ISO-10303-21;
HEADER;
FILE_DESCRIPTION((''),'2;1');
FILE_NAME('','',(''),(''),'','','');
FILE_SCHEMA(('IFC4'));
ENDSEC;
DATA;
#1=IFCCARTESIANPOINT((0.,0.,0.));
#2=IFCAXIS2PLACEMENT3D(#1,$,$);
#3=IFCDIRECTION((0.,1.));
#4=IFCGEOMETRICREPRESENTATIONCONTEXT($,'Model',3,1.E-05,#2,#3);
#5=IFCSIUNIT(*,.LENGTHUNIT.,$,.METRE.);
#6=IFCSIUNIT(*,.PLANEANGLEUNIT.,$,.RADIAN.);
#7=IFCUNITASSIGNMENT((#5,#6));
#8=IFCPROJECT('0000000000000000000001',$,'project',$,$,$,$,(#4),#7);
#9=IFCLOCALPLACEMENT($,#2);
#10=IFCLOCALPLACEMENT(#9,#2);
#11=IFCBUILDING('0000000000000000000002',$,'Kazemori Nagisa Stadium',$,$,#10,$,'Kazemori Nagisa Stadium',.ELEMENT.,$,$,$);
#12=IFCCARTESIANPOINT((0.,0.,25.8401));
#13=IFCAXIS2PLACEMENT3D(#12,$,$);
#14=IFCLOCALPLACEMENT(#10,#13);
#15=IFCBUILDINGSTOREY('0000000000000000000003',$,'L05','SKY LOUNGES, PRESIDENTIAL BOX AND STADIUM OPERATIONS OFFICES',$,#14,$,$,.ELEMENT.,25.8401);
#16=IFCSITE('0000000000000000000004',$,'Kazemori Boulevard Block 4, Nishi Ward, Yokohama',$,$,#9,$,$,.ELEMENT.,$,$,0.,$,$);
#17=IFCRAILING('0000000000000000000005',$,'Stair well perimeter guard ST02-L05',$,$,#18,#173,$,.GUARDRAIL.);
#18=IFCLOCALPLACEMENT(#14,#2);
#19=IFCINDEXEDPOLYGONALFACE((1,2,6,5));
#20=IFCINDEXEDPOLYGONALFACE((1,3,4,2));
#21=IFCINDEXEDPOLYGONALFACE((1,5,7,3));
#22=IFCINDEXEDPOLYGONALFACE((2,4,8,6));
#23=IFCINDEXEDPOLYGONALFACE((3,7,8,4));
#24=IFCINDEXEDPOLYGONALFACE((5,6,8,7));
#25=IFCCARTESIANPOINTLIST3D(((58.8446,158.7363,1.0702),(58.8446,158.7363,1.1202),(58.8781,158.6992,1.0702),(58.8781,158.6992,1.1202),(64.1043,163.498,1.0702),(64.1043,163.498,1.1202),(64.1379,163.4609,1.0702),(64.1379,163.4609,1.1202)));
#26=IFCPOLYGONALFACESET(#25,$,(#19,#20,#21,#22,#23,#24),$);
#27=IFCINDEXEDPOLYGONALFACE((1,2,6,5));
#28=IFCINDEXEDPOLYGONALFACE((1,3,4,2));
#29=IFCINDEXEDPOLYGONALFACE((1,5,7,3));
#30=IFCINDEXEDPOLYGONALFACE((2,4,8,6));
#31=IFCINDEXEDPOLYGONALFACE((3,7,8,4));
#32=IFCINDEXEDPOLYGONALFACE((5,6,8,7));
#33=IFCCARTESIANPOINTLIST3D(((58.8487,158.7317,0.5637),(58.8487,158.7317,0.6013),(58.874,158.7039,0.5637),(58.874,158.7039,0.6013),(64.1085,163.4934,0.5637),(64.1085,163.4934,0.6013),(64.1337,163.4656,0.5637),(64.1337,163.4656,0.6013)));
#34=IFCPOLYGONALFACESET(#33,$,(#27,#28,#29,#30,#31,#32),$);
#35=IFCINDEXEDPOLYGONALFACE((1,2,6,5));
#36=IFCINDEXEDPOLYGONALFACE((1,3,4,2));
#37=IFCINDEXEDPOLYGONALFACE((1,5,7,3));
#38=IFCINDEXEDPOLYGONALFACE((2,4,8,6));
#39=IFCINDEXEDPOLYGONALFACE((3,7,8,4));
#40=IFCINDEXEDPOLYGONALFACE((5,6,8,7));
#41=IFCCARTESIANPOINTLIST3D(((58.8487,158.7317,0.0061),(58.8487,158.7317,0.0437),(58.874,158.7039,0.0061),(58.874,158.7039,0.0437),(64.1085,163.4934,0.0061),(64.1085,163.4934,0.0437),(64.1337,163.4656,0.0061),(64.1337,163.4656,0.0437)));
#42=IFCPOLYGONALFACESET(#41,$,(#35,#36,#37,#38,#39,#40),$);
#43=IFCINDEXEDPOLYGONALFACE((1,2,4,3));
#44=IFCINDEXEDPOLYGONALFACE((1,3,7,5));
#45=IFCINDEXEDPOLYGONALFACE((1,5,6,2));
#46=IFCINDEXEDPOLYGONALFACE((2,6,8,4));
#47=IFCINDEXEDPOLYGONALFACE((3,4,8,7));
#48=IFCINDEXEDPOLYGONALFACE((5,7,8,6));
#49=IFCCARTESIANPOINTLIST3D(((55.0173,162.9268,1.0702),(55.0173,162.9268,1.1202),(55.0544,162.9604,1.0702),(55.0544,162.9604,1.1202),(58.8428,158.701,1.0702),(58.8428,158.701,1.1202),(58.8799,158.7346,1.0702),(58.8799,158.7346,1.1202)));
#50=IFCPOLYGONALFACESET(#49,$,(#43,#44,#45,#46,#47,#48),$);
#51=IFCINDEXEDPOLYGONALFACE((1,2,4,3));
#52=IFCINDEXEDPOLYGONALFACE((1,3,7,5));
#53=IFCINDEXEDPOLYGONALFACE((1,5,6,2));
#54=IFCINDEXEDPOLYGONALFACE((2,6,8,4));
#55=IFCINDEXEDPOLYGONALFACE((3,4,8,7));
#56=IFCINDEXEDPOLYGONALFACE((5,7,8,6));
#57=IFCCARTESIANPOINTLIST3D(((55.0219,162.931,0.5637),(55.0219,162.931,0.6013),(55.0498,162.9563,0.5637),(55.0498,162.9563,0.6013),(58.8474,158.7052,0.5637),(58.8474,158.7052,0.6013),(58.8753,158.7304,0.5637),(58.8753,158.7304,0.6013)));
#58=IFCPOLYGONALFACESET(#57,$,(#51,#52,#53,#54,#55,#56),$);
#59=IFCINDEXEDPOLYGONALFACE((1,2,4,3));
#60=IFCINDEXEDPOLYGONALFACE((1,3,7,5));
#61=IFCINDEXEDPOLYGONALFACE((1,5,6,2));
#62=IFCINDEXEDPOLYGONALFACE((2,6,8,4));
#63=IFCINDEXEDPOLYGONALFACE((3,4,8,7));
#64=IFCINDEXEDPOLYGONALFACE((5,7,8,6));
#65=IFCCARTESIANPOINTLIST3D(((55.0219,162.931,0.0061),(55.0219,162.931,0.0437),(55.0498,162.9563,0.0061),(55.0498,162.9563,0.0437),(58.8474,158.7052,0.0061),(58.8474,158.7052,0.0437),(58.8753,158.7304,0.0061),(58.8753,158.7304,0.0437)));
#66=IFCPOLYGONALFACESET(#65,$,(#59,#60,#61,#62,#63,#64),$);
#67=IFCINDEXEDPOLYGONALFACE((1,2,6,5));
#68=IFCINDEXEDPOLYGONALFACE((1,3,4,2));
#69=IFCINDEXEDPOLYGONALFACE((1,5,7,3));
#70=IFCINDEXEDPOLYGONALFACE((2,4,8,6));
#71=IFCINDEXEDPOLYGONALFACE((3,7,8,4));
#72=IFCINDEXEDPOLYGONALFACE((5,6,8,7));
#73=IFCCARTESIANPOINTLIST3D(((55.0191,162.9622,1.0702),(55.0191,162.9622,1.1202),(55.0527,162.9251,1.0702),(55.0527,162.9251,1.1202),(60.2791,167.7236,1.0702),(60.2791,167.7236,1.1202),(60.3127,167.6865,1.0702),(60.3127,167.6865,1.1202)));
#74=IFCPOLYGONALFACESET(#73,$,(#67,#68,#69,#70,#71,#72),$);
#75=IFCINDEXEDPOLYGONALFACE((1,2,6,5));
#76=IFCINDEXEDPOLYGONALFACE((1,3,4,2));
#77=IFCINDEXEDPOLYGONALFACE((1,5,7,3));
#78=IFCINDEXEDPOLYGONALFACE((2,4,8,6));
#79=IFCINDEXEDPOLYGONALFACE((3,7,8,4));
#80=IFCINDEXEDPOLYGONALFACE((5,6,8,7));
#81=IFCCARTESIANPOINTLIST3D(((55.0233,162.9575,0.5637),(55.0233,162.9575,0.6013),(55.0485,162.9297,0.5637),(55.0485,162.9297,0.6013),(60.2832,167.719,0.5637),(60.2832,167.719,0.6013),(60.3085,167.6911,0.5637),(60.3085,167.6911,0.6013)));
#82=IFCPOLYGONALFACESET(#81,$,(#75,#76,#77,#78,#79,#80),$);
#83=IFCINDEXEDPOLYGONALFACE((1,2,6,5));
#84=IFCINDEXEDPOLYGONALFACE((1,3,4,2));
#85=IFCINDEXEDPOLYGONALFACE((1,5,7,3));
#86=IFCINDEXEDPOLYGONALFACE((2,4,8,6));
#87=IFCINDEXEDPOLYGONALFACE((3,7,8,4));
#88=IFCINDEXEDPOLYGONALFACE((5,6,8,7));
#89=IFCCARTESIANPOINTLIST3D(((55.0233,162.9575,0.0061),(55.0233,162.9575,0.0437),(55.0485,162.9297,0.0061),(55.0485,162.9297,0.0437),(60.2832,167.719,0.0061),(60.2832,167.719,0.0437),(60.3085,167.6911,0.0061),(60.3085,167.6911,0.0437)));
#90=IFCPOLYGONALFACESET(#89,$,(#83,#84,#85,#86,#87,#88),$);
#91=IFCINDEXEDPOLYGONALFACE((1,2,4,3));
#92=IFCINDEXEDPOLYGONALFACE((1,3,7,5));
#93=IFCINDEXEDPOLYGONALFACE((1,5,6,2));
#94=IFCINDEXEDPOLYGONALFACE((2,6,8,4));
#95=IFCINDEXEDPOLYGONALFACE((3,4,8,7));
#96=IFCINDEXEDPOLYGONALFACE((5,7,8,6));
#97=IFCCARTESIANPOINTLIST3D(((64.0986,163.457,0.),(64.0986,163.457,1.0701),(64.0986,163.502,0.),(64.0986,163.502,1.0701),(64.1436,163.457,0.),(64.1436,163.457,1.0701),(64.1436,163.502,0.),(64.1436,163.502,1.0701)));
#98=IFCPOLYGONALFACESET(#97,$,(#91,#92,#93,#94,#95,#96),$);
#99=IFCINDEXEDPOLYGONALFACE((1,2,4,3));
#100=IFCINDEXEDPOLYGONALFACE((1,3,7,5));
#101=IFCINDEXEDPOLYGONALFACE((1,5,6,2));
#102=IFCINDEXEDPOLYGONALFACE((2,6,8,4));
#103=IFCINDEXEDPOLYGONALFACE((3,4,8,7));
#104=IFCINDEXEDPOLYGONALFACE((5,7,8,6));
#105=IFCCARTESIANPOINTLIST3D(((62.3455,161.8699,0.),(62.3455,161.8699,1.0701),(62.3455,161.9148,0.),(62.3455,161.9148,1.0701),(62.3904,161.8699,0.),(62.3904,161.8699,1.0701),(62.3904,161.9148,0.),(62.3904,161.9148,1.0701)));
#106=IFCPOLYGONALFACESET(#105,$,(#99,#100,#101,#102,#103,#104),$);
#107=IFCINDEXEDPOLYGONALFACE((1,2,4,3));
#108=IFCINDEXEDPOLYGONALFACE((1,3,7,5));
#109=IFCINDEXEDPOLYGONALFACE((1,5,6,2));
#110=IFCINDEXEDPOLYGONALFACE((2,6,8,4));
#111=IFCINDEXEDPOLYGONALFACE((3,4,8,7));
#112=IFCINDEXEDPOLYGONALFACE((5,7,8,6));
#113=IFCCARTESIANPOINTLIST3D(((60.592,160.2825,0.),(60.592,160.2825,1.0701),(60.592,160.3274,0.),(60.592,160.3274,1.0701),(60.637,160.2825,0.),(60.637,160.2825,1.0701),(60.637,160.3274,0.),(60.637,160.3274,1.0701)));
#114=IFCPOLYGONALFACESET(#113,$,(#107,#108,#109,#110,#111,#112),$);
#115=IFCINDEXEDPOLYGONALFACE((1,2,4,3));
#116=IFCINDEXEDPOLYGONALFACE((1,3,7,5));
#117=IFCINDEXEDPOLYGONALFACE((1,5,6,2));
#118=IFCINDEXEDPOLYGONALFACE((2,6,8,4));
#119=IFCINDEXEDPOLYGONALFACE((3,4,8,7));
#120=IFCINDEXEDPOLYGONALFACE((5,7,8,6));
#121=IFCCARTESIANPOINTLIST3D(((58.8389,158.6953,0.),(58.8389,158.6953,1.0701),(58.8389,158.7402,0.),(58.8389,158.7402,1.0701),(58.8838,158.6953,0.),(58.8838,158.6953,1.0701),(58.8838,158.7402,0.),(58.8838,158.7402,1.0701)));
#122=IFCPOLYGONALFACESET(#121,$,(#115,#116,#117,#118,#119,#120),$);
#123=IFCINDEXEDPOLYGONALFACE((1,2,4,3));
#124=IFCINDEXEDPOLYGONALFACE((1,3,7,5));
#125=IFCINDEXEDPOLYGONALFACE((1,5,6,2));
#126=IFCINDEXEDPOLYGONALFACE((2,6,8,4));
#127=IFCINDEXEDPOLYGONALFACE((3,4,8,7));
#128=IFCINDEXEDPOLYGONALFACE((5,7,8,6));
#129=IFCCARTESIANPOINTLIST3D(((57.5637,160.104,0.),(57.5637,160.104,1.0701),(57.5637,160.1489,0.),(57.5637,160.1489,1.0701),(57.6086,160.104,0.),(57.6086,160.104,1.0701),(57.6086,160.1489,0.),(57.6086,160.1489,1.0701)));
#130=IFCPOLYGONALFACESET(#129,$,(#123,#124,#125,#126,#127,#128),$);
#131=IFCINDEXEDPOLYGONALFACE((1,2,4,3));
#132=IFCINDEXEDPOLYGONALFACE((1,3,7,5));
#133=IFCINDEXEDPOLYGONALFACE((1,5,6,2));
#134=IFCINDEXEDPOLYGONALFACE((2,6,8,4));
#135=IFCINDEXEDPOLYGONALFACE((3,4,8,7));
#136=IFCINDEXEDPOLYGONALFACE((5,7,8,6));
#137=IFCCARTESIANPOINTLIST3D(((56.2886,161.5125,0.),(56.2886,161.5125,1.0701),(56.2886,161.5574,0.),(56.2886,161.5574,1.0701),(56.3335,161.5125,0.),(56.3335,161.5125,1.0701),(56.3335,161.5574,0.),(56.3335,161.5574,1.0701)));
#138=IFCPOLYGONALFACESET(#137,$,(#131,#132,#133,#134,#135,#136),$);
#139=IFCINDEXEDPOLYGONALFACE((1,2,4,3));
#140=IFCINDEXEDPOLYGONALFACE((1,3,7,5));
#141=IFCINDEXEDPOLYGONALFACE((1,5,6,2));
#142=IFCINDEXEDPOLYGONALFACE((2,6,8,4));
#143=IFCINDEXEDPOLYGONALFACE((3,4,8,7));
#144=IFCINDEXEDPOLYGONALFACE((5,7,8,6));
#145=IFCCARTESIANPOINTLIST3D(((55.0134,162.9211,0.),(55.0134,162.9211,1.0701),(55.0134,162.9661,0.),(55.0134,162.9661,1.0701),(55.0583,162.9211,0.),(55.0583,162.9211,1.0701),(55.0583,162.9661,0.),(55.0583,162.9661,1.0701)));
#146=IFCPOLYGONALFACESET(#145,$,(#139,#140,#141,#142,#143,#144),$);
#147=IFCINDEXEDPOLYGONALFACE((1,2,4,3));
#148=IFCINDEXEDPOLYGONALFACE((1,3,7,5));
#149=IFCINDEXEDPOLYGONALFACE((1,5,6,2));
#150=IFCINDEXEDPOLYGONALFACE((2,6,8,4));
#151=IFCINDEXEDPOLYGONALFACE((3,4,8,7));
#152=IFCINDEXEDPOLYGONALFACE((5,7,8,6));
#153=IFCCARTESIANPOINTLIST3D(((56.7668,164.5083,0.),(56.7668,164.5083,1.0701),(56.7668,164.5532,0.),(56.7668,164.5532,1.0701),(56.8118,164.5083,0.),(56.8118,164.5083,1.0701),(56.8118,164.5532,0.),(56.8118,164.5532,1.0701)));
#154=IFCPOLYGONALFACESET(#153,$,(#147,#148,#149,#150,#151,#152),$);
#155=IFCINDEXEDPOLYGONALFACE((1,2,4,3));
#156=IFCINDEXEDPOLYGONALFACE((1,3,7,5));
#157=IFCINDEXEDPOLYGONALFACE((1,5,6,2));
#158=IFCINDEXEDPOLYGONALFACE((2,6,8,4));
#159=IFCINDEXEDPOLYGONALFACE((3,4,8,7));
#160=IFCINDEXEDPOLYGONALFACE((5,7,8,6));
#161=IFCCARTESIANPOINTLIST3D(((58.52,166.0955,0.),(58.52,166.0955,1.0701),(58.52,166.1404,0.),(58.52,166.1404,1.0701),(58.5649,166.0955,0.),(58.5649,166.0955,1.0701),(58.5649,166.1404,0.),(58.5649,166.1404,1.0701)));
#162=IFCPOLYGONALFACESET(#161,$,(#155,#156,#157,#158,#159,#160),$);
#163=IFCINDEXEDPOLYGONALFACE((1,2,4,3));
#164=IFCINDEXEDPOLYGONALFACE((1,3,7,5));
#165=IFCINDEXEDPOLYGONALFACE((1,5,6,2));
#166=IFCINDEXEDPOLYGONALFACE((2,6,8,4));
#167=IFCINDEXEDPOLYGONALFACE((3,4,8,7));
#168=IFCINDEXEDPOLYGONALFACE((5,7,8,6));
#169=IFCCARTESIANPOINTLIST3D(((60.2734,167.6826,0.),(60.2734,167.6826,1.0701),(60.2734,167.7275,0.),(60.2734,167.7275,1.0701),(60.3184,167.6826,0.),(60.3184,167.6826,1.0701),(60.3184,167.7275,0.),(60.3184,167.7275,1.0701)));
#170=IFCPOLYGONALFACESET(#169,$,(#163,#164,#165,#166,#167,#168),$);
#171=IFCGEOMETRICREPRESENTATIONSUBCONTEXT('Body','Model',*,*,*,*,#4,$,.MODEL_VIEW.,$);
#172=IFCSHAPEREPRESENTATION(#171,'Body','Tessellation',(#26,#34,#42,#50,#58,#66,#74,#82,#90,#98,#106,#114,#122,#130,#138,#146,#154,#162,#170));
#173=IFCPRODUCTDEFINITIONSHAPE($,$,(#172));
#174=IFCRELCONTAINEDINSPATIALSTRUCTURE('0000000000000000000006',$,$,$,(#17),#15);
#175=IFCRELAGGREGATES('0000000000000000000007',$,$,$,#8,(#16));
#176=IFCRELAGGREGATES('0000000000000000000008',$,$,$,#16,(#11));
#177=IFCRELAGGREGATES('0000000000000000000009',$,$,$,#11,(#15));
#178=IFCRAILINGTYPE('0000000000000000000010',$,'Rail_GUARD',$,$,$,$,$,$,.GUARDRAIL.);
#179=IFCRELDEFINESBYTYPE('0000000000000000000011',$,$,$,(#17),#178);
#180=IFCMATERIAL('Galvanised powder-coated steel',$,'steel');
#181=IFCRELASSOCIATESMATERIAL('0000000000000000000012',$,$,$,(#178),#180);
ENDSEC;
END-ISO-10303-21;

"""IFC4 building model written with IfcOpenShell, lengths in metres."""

from ifc_helpers import new_model, si_unit, direction, frame, origin, origin_2d, place, context, subcontext, project, spatial, rectangle, extrude, material, type_object, element, save


model = new_model("IFC4")

# Units and contexts
model_context = context("Model", 3, precision=1e-05, world=origin(), true_north=direction((0.0, 1.0)))
body_context = subcontext(model_context, "Body", "Model", "MODEL_VIEW")
ifc_project = project(units=[si_unit("LENGTHUNIT", "METRE"), si_unit("PLANEANGLEUNIT", "RADIAN")], contexts=[model_context])

# Site, building, storey
site_placement = place(None, origin())
site = spatial("IfcSite", under=ifc_project, at=site_placement, Name="Kazemori Boulevard Block 4, Nishi Ward, Yokohama", CompositionType="ELEMENT", RefElevation=0.0)
building_placement = place(site_placement, origin())
building = spatial("IfcBuilding", under=site, at=building_placement, Name="Kazemori Nagisa Stadium", LongName="Kazemori Nagisa Stadium", CompositionType="ELEMENT")
storey_placement = place(building_placement, frame((0.0, 0.0, 25.8401)))
storey = spatial("IfcBuildingStorey", under=building, at=storey_placement, Name="L05", Description="SKY LOUNGES, PRESIDENTIAL BOX AND STADIUM OPERATIONS OFFICES", CompositionType="ELEMENT", Elevation=25.8401)

# Railing
ifc_material_1 = material(Name="Galvanised powder-coated steel", Category="steel")
railing_type_1 = type_object("IfcRailingType", Name="Rail_GUARD", PredefinedType="GUARDRAIL", material=ifc_material_1)
railing_1_placement = place(storey_placement, frame((64.1211, 163.4795, 0.0)))
element("IfcRailing", 1, at=railing_1_placement, inside=storey, type_object=railing_type_1, Name="Stair well perimeter guard ST02-L05", PredefinedType="GUARDRAIL", context=body_context, shape_type="SweptSolid", body=[
    extrude(rectangle(XDim=0.05, YDim=0.05, at=origin_2d()), frame((0.0, 0.0, 1.0952), z_axis=(-0.741334, -0.671137, 0.0), x_axis=(0.671137, -0.741334, 0.0)), (0.0, 0.0, 1.0), 7.095),
    extrude(rectangle(XDim=0.0376, YDim=0.0376, at=origin_2d()), frame((0.0, 0.0, 0.5825), z_axis=(-0.741334, -0.671137, 0.0), x_axis=(0.671137, -0.741334, 0.0)), (0.0, 0.0, 1.0), 7.095),
    extrude(rectangle(XDim=0.0376, YDim=0.0376, at=origin_2d()), frame((0.0, 0.0, 0.0249), z_axis=(-0.741334, -0.671137, 0.0), x_axis=(0.671137, -0.741334, 0.0)), (0.0, 0.0, 1.0), 7.095),
    extrude(rectangle(XDim=0.05, YDim=0.05, at=origin_2d()), frame((-5.2598, -4.7617, 1.0952), z_axis=(-0.671113, 0.741355, 0.0), x_axis=(-0.741355, -0.671113, 0.0)), (0.0, 0.0, 1.0), 5.7002),
    extrude(rectangle(XDim=0.0376, YDim=0.0376, at=origin_2d()), frame((-5.2598, -4.7617, 0.5825), z_axis=(-0.671113, 0.741355, 0.0), x_axis=(-0.741355, -0.671113, 0.0)), (0.0, 0.0, 1.0), 5.7002),
    extrude(rectangle(XDim=0.0376, YDim=0.0376, at=origin_2d()), frame((-5.2598, -4.7617, 0.0249), z_axis=(-0.671113, 0.741355, 0.0), x_axis=(-0.741355, -0.671113, 0.0)), (0.0, 0.0, 1.0), 5.7002),
    extrude(rectangle(XDim=0.05, YDim=0.05, at=origin_2d()), frame((-9.0852, -0.5359, 1.0952), z_axis=(0.741366, 0.671101, 0.0), x_axis=(-0.671101, 0.741366, 0.0)), (0.0, 0.0, 1.0), 7.095),
    extrude(rectangle(XDim=0.0376, YDim=0.0376, at=origin_2d()), frame((-9.0852, -0.5359, 0.5825), z_axis=(0.741366, 0.671101, 0.0), x_axis=(-0.671101, 0.741366, 0.0)), (0.0, 0.0, 1.0), 7.095),
    extrude(rectangle(XDim=0.0376, YDim=0.0376, at=origin_2d()), frame((-9.0852, -0.5359, 0.0249), z_axis=(0.741366, 0.671101, 0.0), x_axis=(-0.671101, 0.741366, 0.0)), (0.0, 0.0, 1.0), 7.095),
    extrude(rectangle(XDim=0.0449, YDim=0.0449, at=origin_2d()), origin(), (0.0, 0.0, 1.0), 1.0701),
    extrude(rectangle(XDim=0.0449, YDim=0.0449, at=origin_2d()), frame((-1.7532, -1.5872, 0.0)), (0.0, 0.0, 1.0), 1.0701),
    extrude(rectangle(XDim=0.0449, YDim=0.0449, at=origin_2d()), frame((-3.5066, -3.1746, 0.0)), (0.0, 0.0, 1.0), 1.0701),
    extrude(rectangle(XDim=0.0449, YDim=0.0449, at=origin_2d()), frame((-5.2598, -4.7617, 0.0)), (0.0, 0.0, 1.0), 1.0701),
    extrude(rectangle(XDim=0.0449, YDim=0.0449, at=origin_2d()), frame((-6.5349, -3.353, 0.0)), (0.0, 0.0, 1.0), 1.0701),
    extrude(rectangle(XDim=0.0449, YDim=0.0449, at=origin_2d()), frame((-7.8101, -1.9446, 0.0)), (0.0, 0.0, 1.0), 1.0701),
    extrude(rectangle(XDim=0.0449, YDim=0.0449, at=origin_2d()), frame((-9.0852, -0.5359, 0.0)), (0.0, 0.0, 1.0), 1.0701),
    extrude(rectangle(XDim=0.0449, YDim=0.0449, at=origin_2d()), frame((-7.3318, 1.0513, 0.0)), (0.0, 0.0, 1.0), 1.0701),
    extrude(rectangle(XDim=0.0449, YDim=0.0449, at=origin_2d()), frame((-5.5786, 2.6384, 0.0)), (0.0, 0.0, 1.0), 1.0701),
    extrude(rectangle(XDim=0.0449, YDim=0.0449, at=origin_2d()), frame((-3.8252, 4.2256, 0.0)), (0.0, 0.0, 1.0), 1.0701),
])

save(model, "model.ifc")
